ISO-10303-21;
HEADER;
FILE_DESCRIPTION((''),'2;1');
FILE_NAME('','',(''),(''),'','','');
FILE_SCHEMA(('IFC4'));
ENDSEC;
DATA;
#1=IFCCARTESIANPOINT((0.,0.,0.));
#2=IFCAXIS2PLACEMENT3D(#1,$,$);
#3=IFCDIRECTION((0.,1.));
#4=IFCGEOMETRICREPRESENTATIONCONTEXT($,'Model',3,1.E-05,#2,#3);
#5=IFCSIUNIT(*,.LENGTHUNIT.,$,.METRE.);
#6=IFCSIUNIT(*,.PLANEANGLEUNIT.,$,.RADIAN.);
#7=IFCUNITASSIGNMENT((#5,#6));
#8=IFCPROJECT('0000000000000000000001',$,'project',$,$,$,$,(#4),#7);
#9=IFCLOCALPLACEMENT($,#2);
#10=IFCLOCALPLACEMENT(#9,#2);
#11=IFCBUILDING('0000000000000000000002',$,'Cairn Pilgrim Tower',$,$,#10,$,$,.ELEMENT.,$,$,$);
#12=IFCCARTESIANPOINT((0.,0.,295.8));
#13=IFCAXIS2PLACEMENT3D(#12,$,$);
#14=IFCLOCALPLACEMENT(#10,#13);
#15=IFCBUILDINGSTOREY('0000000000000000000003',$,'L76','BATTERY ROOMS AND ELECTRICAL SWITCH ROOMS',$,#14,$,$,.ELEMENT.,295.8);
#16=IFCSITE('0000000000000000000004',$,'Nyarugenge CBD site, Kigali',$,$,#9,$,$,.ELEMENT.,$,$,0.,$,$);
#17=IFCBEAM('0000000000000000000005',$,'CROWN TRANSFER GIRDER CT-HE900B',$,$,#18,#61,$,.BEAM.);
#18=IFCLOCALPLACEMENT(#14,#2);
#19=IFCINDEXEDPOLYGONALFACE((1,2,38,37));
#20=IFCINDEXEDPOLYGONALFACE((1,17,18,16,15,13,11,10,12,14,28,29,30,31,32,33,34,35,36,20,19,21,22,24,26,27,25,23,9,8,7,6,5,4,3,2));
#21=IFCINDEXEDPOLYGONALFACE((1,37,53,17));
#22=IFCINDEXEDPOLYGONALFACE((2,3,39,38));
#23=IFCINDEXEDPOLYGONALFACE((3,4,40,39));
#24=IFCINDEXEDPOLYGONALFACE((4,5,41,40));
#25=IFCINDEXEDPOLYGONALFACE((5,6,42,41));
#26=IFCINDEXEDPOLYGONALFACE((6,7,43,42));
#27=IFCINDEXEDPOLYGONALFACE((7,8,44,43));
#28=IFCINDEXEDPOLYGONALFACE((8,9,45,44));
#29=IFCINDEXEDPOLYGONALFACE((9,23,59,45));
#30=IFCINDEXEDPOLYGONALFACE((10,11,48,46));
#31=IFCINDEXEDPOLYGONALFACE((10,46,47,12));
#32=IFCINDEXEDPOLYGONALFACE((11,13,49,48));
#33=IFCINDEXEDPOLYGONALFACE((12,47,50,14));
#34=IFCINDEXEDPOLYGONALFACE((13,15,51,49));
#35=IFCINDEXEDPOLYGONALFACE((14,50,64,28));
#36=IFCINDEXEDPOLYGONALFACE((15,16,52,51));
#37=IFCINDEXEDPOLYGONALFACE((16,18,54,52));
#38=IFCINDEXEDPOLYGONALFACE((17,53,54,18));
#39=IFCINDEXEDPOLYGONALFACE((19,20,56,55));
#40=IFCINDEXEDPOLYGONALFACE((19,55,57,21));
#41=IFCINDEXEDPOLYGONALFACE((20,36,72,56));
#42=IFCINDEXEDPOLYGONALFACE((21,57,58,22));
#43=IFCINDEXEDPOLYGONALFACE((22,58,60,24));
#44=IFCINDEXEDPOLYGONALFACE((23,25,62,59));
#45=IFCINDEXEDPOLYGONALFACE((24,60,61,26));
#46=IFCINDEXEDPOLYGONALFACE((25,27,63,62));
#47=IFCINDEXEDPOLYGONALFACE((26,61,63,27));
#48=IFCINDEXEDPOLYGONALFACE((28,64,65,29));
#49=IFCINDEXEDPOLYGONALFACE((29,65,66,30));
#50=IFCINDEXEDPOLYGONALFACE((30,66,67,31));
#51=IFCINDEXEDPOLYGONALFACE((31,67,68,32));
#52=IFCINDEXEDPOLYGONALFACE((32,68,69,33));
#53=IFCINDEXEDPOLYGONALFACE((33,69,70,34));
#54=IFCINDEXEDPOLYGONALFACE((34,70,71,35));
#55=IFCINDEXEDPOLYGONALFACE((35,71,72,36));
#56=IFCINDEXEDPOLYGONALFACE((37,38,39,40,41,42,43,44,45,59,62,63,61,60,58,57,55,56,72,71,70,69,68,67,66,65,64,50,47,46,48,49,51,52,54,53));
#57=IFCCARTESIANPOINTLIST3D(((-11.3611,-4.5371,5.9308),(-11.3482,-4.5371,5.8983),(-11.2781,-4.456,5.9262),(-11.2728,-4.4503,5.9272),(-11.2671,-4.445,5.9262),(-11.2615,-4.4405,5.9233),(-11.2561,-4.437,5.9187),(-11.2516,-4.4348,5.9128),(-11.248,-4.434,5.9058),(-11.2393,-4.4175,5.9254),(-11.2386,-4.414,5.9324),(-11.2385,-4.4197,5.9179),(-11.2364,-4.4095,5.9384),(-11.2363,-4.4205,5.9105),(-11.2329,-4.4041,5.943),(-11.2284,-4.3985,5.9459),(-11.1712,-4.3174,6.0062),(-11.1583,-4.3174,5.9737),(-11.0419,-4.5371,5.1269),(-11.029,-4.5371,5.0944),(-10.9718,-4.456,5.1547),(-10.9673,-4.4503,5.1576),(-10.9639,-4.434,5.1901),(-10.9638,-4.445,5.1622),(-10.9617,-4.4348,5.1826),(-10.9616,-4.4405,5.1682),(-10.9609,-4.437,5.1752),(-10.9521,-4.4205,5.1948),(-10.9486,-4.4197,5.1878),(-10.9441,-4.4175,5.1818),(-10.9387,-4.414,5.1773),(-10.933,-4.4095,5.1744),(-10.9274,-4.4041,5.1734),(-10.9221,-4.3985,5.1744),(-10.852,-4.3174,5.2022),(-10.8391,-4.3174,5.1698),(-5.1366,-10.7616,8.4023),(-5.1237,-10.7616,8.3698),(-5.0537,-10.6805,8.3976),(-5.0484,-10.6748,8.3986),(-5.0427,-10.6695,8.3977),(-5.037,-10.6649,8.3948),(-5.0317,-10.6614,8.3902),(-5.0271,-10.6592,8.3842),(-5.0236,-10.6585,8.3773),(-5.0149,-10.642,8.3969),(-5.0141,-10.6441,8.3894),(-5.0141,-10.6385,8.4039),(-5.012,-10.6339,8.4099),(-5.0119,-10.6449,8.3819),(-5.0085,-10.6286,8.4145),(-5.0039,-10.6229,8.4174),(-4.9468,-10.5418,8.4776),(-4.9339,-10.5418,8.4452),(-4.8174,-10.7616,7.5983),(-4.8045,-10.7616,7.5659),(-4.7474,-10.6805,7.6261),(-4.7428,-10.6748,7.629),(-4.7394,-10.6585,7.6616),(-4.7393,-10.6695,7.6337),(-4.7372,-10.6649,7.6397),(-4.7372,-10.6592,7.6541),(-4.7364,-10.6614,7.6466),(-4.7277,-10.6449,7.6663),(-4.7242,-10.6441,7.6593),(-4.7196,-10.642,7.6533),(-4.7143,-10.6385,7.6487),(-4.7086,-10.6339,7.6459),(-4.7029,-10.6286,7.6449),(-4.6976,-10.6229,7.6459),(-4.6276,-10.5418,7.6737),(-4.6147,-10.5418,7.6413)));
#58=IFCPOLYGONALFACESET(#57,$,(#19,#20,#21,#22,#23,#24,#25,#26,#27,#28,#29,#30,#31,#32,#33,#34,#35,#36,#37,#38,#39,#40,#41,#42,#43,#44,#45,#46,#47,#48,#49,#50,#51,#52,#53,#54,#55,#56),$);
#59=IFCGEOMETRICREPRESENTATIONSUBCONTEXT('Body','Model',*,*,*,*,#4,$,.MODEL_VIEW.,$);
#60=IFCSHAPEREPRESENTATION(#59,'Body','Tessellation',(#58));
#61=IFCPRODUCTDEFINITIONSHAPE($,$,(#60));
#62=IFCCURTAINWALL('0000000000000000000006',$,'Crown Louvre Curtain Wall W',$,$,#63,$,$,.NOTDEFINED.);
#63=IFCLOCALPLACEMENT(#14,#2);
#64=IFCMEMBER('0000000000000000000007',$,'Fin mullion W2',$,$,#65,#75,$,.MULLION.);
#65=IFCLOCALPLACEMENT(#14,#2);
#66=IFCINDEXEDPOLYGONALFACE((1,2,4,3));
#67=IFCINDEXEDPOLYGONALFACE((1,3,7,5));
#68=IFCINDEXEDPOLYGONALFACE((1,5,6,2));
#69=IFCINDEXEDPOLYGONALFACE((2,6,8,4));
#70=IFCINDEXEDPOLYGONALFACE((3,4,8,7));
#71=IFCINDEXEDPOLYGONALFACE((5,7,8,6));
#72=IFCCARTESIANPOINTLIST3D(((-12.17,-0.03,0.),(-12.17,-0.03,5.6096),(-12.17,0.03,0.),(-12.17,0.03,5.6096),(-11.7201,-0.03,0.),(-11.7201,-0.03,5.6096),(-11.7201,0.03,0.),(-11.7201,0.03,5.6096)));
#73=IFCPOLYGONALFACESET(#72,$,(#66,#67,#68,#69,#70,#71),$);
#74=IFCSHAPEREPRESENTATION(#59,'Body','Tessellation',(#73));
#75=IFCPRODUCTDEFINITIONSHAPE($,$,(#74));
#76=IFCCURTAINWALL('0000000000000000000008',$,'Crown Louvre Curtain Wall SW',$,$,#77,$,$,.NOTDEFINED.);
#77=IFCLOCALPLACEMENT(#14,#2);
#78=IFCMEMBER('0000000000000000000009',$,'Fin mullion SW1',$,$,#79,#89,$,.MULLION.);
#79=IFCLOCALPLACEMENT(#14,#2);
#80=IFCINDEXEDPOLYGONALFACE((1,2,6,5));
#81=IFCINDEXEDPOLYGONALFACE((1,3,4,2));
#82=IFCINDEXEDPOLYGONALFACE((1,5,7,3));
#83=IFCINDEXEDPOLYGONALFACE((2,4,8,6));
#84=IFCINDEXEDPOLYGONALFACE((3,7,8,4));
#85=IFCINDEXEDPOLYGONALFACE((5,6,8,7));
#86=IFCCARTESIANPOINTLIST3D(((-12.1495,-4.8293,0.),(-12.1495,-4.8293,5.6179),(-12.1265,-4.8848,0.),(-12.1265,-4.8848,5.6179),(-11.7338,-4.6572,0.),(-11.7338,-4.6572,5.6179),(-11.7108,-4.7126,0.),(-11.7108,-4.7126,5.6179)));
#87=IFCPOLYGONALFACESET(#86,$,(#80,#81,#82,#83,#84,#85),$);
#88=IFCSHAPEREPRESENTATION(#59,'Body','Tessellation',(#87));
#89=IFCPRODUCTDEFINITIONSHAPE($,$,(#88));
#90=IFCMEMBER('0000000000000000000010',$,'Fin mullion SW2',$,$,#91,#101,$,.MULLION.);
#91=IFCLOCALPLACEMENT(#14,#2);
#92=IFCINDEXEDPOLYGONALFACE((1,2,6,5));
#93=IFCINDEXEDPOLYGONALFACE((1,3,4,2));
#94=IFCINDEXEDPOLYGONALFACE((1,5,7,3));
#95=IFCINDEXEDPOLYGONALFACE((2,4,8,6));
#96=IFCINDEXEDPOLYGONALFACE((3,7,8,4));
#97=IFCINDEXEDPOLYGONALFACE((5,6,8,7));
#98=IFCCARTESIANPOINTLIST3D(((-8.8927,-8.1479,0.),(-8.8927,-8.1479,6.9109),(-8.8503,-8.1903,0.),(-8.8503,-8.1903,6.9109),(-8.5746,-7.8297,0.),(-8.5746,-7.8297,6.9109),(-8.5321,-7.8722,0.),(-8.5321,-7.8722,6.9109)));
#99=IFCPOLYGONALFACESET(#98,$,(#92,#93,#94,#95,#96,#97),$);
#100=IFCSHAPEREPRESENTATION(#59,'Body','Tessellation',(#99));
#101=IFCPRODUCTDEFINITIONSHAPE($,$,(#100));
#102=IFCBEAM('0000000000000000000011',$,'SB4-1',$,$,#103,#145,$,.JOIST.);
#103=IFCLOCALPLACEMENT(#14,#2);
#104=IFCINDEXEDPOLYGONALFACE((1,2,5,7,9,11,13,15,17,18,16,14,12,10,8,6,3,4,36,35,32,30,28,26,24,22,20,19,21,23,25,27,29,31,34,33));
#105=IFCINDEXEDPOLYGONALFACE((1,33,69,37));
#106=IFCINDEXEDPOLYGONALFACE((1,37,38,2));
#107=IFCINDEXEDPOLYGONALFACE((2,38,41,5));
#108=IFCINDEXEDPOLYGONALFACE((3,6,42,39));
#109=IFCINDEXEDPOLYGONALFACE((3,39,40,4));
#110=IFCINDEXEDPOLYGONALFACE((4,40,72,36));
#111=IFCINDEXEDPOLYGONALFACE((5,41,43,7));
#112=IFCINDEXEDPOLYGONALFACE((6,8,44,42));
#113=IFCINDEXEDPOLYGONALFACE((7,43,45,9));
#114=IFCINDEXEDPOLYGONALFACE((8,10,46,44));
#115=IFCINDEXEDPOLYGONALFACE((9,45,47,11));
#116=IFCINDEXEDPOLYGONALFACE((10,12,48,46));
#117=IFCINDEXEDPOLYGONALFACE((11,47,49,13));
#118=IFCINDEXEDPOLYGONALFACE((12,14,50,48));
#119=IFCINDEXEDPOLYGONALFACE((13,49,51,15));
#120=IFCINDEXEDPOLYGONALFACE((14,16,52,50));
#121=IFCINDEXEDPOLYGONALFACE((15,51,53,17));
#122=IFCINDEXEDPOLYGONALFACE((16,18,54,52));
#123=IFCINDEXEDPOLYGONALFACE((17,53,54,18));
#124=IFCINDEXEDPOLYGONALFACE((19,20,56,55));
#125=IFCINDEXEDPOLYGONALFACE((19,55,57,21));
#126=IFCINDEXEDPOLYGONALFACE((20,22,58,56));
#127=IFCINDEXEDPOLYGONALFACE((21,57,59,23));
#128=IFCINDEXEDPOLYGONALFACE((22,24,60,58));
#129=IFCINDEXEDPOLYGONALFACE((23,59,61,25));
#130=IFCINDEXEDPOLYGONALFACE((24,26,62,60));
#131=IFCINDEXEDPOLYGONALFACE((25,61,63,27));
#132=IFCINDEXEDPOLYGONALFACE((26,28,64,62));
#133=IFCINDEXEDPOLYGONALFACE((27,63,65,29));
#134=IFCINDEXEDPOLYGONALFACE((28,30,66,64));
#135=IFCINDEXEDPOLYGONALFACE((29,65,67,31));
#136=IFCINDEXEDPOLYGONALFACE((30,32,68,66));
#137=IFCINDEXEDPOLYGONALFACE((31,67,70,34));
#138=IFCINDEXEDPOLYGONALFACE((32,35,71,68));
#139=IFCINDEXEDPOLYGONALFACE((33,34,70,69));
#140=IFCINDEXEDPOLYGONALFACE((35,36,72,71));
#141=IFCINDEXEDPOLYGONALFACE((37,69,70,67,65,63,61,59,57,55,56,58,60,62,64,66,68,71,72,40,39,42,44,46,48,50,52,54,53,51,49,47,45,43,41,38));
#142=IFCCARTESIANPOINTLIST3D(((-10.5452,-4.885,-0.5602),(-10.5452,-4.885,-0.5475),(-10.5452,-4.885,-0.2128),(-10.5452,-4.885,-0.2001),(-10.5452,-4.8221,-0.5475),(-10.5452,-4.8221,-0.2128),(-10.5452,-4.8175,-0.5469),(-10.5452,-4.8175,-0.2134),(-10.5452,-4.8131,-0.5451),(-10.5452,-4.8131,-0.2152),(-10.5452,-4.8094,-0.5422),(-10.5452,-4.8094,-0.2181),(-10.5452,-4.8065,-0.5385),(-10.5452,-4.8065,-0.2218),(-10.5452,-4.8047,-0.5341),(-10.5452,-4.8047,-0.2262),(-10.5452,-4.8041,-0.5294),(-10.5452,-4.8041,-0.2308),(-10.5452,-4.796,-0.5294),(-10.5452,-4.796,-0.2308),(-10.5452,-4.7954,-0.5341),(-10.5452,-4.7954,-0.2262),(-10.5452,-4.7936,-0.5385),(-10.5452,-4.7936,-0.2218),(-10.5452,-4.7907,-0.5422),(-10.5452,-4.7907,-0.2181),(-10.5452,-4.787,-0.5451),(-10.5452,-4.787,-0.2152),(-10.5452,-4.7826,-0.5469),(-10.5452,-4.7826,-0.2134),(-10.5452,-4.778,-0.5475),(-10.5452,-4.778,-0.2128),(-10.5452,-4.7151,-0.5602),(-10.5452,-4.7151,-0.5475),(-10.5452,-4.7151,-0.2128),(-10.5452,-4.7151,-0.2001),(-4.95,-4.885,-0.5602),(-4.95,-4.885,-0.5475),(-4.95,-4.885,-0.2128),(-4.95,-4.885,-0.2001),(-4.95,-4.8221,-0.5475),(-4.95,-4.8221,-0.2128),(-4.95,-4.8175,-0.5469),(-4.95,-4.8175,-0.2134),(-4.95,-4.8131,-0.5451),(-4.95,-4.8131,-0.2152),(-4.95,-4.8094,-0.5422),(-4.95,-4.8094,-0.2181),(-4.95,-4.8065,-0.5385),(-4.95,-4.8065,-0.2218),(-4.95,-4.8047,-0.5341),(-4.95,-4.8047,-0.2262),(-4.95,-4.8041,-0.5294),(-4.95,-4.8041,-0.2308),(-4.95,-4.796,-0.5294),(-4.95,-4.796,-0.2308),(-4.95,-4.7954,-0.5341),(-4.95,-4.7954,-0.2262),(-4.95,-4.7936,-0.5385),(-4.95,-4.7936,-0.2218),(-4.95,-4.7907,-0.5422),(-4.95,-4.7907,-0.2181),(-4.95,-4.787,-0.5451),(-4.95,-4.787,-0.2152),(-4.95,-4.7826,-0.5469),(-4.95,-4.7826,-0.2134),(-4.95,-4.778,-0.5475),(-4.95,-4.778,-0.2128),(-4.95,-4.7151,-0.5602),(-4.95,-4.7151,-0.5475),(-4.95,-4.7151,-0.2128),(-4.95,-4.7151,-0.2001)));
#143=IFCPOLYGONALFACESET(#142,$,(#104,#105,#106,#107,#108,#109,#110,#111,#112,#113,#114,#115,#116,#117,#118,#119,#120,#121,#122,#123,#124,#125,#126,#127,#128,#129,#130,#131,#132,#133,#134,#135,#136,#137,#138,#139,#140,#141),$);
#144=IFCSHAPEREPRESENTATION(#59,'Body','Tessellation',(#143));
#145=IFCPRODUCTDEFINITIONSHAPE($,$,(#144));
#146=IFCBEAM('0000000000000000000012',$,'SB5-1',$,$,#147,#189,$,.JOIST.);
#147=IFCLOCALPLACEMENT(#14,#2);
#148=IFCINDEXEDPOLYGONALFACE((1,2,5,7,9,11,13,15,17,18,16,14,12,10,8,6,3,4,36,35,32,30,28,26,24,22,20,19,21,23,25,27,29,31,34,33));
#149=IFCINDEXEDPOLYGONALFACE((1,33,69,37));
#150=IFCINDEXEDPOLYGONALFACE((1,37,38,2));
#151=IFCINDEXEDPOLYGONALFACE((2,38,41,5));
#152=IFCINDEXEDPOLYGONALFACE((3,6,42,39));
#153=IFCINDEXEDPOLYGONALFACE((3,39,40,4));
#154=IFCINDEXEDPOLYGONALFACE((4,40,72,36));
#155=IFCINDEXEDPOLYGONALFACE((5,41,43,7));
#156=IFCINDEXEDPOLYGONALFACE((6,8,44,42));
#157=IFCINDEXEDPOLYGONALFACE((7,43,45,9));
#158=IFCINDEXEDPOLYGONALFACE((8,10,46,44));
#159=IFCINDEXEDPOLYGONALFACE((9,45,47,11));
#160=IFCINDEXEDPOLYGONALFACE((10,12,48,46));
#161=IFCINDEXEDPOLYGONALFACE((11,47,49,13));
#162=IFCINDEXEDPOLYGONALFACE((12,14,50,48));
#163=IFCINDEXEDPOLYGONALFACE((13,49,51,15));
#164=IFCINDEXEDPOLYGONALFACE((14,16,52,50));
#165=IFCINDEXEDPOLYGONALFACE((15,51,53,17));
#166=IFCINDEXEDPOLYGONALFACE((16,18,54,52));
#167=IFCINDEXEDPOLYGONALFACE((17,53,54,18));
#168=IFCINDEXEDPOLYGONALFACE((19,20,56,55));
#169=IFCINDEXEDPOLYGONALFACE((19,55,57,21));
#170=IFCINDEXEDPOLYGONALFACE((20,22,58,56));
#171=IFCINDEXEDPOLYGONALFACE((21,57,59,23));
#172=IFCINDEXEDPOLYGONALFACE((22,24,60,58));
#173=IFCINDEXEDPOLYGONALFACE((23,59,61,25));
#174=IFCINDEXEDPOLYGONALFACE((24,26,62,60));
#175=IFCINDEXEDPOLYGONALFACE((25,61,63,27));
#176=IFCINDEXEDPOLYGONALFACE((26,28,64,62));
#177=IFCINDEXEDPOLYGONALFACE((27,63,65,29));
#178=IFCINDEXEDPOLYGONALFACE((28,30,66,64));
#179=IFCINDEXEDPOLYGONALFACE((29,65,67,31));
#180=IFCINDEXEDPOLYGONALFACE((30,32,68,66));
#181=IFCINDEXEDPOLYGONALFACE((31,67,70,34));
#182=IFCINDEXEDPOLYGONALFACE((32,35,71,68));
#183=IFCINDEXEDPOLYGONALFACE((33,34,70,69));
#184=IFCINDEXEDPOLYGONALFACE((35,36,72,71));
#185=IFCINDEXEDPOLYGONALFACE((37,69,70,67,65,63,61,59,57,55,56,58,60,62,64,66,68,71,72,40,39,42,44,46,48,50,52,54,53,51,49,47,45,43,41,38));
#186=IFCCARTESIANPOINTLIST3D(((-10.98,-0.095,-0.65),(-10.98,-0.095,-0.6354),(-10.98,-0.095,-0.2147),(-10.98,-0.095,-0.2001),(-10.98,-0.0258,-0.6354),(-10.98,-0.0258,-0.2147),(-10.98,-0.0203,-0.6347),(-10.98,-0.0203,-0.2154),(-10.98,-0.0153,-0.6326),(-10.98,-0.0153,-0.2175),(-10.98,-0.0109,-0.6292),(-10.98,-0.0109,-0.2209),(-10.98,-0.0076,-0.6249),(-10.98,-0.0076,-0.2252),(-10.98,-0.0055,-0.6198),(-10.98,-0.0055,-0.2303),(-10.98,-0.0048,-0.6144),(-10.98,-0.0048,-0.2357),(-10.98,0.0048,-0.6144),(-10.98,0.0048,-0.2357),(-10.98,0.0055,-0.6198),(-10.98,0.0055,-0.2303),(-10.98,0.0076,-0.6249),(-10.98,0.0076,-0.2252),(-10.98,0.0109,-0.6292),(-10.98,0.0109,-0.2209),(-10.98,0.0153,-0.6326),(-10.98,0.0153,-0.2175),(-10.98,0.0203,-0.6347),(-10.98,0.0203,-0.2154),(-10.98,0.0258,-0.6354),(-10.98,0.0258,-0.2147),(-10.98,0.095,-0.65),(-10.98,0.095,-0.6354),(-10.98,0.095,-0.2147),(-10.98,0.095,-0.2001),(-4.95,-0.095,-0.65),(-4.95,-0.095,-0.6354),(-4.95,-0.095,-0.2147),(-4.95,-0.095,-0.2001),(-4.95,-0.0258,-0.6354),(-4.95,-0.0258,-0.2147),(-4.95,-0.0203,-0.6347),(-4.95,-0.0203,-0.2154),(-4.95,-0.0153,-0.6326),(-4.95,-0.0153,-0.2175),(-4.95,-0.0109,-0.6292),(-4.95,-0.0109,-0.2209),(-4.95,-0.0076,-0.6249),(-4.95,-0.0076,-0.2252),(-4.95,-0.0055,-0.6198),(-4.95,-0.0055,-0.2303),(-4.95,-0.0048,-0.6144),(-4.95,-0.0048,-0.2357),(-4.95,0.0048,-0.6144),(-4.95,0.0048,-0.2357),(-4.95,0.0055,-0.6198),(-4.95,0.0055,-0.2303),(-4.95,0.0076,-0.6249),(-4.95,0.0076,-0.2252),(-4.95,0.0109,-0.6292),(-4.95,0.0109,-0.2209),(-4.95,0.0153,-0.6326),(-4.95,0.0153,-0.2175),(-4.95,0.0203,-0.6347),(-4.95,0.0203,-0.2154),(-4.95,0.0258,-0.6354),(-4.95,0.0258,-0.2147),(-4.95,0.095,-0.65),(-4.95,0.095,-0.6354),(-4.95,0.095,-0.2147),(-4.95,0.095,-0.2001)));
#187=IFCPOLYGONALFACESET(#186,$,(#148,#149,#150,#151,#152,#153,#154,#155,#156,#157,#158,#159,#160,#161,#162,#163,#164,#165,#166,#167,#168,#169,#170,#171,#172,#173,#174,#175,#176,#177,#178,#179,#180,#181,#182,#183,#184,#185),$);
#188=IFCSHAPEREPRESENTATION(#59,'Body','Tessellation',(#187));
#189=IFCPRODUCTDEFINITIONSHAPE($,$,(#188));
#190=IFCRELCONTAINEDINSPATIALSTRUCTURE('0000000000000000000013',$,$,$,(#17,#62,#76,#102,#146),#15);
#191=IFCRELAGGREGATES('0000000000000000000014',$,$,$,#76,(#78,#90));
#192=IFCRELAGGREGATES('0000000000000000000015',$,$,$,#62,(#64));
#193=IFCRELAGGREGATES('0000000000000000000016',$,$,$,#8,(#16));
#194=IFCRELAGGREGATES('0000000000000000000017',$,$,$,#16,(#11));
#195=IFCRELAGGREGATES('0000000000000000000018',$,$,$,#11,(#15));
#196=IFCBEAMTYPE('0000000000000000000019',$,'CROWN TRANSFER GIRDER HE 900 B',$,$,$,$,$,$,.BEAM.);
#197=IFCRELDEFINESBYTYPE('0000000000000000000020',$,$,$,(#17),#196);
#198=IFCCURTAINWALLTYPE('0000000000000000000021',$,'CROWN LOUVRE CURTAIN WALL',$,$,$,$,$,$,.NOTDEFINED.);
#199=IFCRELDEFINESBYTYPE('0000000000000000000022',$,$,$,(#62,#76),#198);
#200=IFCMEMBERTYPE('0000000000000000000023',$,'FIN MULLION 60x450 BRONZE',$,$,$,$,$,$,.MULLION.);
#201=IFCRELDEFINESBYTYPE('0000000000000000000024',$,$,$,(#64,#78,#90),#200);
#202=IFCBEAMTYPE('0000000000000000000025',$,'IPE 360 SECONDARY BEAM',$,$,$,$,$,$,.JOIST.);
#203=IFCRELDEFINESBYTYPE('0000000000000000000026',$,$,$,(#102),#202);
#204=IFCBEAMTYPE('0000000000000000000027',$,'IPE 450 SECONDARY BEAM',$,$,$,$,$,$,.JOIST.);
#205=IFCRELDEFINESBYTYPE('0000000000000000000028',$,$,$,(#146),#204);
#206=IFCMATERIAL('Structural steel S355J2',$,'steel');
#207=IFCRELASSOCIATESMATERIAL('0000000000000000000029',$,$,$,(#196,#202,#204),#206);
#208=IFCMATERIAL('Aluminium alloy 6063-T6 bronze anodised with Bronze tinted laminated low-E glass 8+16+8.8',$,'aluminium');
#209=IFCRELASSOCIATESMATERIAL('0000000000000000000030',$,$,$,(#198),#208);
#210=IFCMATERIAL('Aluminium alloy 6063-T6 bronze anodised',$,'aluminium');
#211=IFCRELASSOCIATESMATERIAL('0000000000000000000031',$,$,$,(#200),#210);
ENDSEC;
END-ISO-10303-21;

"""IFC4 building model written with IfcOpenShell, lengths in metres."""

from ifc_helpers import new_model, si_unit, direction, frame, origin, origin_2d, place, context, subcontext, project, spatial, rectangle, i_section, extrude, material, material_profile, profile_set, type_object, element, aggregate, save


model = new_model("IFC4")

# Units and contexts
model_context = context("Model", 3, precision=1e-05, world=origin(), true_north=direction((0.0, 1.0)))
body_context = subcontext(model_context, "Body", "Model", "MODEL_VIEW")
ifc_project = project(units=[si_unit("LENGTHUNIT", "METRE"), si_unit("PLANEANGLEUNIT", "RADIAN")], contexts=[model_context])

# Site, building, storey
site_placement = place(None, origin())
site = spatial("IfcSite", under=ifc_project, at=site_placement, Name="Nyarugenge CBD site, Kigali", CompositionType="ELEMENT", RefElevation=0.0)
building_placement = place(site_placement, origin())
building = spatial("IfcBuilding", under=site, at=building_placement, Name="Cairn Pilgrim Tower", CompositionType="ELEMENT")
storey_placement = place(building_placement, frame((0.0, 0.0, 295.8)))
storey = spatial("IfcBuildingStorey", under=building, at=storey_placement, Name="L76", Description="BATTERY ROOMS AND ELECTRICAL SWITCH ROOMS", CompositionType="ELEMENT", Elevation=295.8)

# Shared definitions
ifc_material_1 = material(Name="Structural steel S355J2", Category="steel")

# Beam
ifc_material_profile_1 = material_profile(ifc_material_1, i_section(OverallWidth=0.3, OverallDepth=0.8999, WebThickness=0.0186, FlangeThickness=0.0349, FilletRadius=0.03, at=origin_2d()), Name="HEB 900")
ifc_profile_set_1 = profile_set([ifc_material_profile_1], Name="Structural steel S355J2")
beam_type_1 = type_object("IfcBeamType", Name="CROWN TRANSFER GIRDER HE 900 B", PredefinedType="BEAM", material=ifc_profile_set_1)
beam_1_placement = place(storey_placement, frame((-11.1001, -4.4272, 5.5503), z_axis=(0.680783, -0.680783, 0.270311), x_axis=(0.632731, 0.732485, 0.251232)))
element("IfcBeam", 1, at=beam_1_placement, inside=storey, type_object=beam_type_1, Name="CROWN TRANSFER GIRDER CT-HE900B", PredefinedType="BEAM", context=body_context, shape_type="SweptSolid", body=[
    extrude(i_section(OverallWidth=0.3, OverallDepth=0.8999, WebThickness=0.0186, FlangeThickness=0.0349, FilletRadius=0.03, at=origin_2d()), origin(), (0.0, 0.0, 1.0), 9.1431),
])

# Curtain wall, member
ifc_material_2 = material(Name="Aluminium alloy 6063-T6 bronze anodised with Bronze tinted laminated low-E glass 8+16+8.8", Category="aluminium")
curtain_wall_type = type_object("IfcCurtainWallType", Name="CROWN LOUVRE CURTAIN WALL", PredefinedType="NOTDEFINED", material=ifc_material_2)
curtain_wall_1_placement = place(storey_placement, origin())
curtain_wall_1 = element("IfcCurtainWall", 2, at=curtain_wall_1_placement, inside=storey, type_object=curtain_wall_type, Name="Crown Louvre Curtain Wall W", PredefinedType="NOTDEFINED")
ifc_material_3 = material(Name="Aluminium alloy 6063-T6 bronze anodised", Category="aluminium")
ifc_material_profile_2 = material_profile(ifc_material_3, rectangle(XDim=0.45, YDim=0.0601, at=origin_2d()), Name="FIN MULLION 60x450 BRONZE")
ifc_profile_set_2 = profile_set([ifc_material_profile_2], Name="Aluminium alloy 6063-T6 bronze anodised")
member_type_1 = type_object("IfcMemberType", Name="FIN MULLION 60x450 BRONZE", PredefinedType="MULLION", material=ifc_profile_set_2)
member_1_placement = place(storey_placement, frame((-11.9451, 0.0, 0.0), z_axis=(0.0, 0.0, 1.0), x_axis=(-1.0, 0.0, 0.0)))
member_1 = element("IfcMember", 3, at=member_1_placement, type_object=member_type_1, Name="Fin mullion W2", PredefinedType="MULLION", context=body_context, shape_type="SweptSolid", body=[
    extrude(rectangle(XDim=0.45, YDim=0.0601, at=origin_2d()), origin(), (0.0, 0.0, 1.0), 5.6096),
])

# Curtain wall, members
curtain_wall_2_placement = place(storey_placement, origin())
curtain_wall_2 = element("IfcCurtainWall", 4, at=curtain_wall_2_placement, inside=storey, type_object=curtain_wall_type, Name="Crown Louvre Curtain Wall SW", PredefinedType="NOTDEFINED")
member_2_placement = place(storey_placement, frame((-11.9302, -4.771, 0.0), z_axis=(0.0, 0.0, 1.0), x_axis=(-0.92388, -0.382683, 0.0)))
member_2 = element("IfcMember", 5, at=member_2_placement, type_object=member_type_1, Name="Fin mullion SW1", PredefinedType="MULLION", context=body_context, shape_type="SweptSolid", body=[
    extrude(rectangle(XDim=0.45, YDim=0.0601, at=origin_2d()), origin(), (0.0, 0.0, 1.0), 5.6179),
])
member_3_placement = place(storey_placement, frame((-8.7124, -8.01, 0.0), z_axis=(0.0, 0.0, 1.0), x_axis=(-0.707107, -0.707107, 0.0)))
member_3 = element("IfcMember", 6, at=member_3_placement, type_object=member_type_1, Name="Fin mullion SW2", PredefinedType="MULLION", context=body_context, shape_type="SweptSolid", body=[
    extrude(rectangle(XDim=0.45, YDim=0.0601, at=origin_2d()), origin(), (0.0, 0.0, 1.0), 6.9109),
])

# Beams
ifc_material_profile_3 = material_profile(ifc_material_1, i_section(OverallWidth=0.1699, OverallDepth=0.3601, WebThickness=0.0081, FlangeThickness=0.0127, FilletRadius=0.0181, at=origin_2d()), Name="IPE 360")
ifc_profile_set_3 = profile_set([ifc_material_profile_3], Name="Structural steel S355J2")
beam_type_2 = type_object("IfcBeamType", Name="IPE 360 SECONDARY BEAM", PredefinedType="JOIST", material=ifc_profile_set_3)
beam_2_placement = place(storey_placement, frame((-10.5452, -4.8, -0.3801), z_axis=(1.0, 0.0, 0.0), x_axis=(0.0, 1.0, 0.0)))
element("IfcBeam", 7, at=beam_2_placement, inside=storey, type_object=beam_type_2, Name="SB4-1", PredefinedType="JOIST", context=body_context, shape_type="SweptSolid", body=[
    extrude(i_section(OverallWidth=0.1699, OverallDepth=0.3601, WebThickness=0.0081, FlangeThickness=0.0127, FilletRadius=0.0181, at=origin_2d()), origin(), (0.0, 0.0, 1.0), 5.5952),
])
ifc_material_profile_4 = material_profile(ifc_material_1, i_section(OverallWidth=0.1899, OverallDepth=0.45, WebThickness=0.0095, FlangeThickness=0.0146, FilletRadius=0.021, at=origin_2d()), Name="IPE 450")
ifc_profile_set_4 = profile_set([ifc_material_profile_4], Name="Structural steel S355J2")
beam_type_3 = type_object("IfcBeamType", Name="IPE 450 SECONDARY BEAM", PredefinedType="JOIST", material=ifc_profile_set_4)
beam_3_placement = place(storey_placement, frame((-10.98, 0.0, -0.425), z_axis=(1.0, 0.0, 0.0), x_axis=(0.0, 1.0, 0.0)))
element("IfcBeam", 8, at=beam_3_placement, inside=storey, type_object=beam_type_3, Name="SB5-1", PredefinedType="JOIST", context=body_context, shape_type="SweptSolid", body=[
    extrude(i_section(OverallWidth=0.1899, OverallDepth=0.45, WebThickness=0.0095, FlangeThickness=0.0146, FilletRadius=0.021, at=origin_2d()), origin(), (0.0, 0.0, 1.0), 6.03),
])

aggregate(curtain_wall_2, [member_2, member_3])
aggregate(curtain_wall_1, [member_1])

save(model, "model.ifc")
